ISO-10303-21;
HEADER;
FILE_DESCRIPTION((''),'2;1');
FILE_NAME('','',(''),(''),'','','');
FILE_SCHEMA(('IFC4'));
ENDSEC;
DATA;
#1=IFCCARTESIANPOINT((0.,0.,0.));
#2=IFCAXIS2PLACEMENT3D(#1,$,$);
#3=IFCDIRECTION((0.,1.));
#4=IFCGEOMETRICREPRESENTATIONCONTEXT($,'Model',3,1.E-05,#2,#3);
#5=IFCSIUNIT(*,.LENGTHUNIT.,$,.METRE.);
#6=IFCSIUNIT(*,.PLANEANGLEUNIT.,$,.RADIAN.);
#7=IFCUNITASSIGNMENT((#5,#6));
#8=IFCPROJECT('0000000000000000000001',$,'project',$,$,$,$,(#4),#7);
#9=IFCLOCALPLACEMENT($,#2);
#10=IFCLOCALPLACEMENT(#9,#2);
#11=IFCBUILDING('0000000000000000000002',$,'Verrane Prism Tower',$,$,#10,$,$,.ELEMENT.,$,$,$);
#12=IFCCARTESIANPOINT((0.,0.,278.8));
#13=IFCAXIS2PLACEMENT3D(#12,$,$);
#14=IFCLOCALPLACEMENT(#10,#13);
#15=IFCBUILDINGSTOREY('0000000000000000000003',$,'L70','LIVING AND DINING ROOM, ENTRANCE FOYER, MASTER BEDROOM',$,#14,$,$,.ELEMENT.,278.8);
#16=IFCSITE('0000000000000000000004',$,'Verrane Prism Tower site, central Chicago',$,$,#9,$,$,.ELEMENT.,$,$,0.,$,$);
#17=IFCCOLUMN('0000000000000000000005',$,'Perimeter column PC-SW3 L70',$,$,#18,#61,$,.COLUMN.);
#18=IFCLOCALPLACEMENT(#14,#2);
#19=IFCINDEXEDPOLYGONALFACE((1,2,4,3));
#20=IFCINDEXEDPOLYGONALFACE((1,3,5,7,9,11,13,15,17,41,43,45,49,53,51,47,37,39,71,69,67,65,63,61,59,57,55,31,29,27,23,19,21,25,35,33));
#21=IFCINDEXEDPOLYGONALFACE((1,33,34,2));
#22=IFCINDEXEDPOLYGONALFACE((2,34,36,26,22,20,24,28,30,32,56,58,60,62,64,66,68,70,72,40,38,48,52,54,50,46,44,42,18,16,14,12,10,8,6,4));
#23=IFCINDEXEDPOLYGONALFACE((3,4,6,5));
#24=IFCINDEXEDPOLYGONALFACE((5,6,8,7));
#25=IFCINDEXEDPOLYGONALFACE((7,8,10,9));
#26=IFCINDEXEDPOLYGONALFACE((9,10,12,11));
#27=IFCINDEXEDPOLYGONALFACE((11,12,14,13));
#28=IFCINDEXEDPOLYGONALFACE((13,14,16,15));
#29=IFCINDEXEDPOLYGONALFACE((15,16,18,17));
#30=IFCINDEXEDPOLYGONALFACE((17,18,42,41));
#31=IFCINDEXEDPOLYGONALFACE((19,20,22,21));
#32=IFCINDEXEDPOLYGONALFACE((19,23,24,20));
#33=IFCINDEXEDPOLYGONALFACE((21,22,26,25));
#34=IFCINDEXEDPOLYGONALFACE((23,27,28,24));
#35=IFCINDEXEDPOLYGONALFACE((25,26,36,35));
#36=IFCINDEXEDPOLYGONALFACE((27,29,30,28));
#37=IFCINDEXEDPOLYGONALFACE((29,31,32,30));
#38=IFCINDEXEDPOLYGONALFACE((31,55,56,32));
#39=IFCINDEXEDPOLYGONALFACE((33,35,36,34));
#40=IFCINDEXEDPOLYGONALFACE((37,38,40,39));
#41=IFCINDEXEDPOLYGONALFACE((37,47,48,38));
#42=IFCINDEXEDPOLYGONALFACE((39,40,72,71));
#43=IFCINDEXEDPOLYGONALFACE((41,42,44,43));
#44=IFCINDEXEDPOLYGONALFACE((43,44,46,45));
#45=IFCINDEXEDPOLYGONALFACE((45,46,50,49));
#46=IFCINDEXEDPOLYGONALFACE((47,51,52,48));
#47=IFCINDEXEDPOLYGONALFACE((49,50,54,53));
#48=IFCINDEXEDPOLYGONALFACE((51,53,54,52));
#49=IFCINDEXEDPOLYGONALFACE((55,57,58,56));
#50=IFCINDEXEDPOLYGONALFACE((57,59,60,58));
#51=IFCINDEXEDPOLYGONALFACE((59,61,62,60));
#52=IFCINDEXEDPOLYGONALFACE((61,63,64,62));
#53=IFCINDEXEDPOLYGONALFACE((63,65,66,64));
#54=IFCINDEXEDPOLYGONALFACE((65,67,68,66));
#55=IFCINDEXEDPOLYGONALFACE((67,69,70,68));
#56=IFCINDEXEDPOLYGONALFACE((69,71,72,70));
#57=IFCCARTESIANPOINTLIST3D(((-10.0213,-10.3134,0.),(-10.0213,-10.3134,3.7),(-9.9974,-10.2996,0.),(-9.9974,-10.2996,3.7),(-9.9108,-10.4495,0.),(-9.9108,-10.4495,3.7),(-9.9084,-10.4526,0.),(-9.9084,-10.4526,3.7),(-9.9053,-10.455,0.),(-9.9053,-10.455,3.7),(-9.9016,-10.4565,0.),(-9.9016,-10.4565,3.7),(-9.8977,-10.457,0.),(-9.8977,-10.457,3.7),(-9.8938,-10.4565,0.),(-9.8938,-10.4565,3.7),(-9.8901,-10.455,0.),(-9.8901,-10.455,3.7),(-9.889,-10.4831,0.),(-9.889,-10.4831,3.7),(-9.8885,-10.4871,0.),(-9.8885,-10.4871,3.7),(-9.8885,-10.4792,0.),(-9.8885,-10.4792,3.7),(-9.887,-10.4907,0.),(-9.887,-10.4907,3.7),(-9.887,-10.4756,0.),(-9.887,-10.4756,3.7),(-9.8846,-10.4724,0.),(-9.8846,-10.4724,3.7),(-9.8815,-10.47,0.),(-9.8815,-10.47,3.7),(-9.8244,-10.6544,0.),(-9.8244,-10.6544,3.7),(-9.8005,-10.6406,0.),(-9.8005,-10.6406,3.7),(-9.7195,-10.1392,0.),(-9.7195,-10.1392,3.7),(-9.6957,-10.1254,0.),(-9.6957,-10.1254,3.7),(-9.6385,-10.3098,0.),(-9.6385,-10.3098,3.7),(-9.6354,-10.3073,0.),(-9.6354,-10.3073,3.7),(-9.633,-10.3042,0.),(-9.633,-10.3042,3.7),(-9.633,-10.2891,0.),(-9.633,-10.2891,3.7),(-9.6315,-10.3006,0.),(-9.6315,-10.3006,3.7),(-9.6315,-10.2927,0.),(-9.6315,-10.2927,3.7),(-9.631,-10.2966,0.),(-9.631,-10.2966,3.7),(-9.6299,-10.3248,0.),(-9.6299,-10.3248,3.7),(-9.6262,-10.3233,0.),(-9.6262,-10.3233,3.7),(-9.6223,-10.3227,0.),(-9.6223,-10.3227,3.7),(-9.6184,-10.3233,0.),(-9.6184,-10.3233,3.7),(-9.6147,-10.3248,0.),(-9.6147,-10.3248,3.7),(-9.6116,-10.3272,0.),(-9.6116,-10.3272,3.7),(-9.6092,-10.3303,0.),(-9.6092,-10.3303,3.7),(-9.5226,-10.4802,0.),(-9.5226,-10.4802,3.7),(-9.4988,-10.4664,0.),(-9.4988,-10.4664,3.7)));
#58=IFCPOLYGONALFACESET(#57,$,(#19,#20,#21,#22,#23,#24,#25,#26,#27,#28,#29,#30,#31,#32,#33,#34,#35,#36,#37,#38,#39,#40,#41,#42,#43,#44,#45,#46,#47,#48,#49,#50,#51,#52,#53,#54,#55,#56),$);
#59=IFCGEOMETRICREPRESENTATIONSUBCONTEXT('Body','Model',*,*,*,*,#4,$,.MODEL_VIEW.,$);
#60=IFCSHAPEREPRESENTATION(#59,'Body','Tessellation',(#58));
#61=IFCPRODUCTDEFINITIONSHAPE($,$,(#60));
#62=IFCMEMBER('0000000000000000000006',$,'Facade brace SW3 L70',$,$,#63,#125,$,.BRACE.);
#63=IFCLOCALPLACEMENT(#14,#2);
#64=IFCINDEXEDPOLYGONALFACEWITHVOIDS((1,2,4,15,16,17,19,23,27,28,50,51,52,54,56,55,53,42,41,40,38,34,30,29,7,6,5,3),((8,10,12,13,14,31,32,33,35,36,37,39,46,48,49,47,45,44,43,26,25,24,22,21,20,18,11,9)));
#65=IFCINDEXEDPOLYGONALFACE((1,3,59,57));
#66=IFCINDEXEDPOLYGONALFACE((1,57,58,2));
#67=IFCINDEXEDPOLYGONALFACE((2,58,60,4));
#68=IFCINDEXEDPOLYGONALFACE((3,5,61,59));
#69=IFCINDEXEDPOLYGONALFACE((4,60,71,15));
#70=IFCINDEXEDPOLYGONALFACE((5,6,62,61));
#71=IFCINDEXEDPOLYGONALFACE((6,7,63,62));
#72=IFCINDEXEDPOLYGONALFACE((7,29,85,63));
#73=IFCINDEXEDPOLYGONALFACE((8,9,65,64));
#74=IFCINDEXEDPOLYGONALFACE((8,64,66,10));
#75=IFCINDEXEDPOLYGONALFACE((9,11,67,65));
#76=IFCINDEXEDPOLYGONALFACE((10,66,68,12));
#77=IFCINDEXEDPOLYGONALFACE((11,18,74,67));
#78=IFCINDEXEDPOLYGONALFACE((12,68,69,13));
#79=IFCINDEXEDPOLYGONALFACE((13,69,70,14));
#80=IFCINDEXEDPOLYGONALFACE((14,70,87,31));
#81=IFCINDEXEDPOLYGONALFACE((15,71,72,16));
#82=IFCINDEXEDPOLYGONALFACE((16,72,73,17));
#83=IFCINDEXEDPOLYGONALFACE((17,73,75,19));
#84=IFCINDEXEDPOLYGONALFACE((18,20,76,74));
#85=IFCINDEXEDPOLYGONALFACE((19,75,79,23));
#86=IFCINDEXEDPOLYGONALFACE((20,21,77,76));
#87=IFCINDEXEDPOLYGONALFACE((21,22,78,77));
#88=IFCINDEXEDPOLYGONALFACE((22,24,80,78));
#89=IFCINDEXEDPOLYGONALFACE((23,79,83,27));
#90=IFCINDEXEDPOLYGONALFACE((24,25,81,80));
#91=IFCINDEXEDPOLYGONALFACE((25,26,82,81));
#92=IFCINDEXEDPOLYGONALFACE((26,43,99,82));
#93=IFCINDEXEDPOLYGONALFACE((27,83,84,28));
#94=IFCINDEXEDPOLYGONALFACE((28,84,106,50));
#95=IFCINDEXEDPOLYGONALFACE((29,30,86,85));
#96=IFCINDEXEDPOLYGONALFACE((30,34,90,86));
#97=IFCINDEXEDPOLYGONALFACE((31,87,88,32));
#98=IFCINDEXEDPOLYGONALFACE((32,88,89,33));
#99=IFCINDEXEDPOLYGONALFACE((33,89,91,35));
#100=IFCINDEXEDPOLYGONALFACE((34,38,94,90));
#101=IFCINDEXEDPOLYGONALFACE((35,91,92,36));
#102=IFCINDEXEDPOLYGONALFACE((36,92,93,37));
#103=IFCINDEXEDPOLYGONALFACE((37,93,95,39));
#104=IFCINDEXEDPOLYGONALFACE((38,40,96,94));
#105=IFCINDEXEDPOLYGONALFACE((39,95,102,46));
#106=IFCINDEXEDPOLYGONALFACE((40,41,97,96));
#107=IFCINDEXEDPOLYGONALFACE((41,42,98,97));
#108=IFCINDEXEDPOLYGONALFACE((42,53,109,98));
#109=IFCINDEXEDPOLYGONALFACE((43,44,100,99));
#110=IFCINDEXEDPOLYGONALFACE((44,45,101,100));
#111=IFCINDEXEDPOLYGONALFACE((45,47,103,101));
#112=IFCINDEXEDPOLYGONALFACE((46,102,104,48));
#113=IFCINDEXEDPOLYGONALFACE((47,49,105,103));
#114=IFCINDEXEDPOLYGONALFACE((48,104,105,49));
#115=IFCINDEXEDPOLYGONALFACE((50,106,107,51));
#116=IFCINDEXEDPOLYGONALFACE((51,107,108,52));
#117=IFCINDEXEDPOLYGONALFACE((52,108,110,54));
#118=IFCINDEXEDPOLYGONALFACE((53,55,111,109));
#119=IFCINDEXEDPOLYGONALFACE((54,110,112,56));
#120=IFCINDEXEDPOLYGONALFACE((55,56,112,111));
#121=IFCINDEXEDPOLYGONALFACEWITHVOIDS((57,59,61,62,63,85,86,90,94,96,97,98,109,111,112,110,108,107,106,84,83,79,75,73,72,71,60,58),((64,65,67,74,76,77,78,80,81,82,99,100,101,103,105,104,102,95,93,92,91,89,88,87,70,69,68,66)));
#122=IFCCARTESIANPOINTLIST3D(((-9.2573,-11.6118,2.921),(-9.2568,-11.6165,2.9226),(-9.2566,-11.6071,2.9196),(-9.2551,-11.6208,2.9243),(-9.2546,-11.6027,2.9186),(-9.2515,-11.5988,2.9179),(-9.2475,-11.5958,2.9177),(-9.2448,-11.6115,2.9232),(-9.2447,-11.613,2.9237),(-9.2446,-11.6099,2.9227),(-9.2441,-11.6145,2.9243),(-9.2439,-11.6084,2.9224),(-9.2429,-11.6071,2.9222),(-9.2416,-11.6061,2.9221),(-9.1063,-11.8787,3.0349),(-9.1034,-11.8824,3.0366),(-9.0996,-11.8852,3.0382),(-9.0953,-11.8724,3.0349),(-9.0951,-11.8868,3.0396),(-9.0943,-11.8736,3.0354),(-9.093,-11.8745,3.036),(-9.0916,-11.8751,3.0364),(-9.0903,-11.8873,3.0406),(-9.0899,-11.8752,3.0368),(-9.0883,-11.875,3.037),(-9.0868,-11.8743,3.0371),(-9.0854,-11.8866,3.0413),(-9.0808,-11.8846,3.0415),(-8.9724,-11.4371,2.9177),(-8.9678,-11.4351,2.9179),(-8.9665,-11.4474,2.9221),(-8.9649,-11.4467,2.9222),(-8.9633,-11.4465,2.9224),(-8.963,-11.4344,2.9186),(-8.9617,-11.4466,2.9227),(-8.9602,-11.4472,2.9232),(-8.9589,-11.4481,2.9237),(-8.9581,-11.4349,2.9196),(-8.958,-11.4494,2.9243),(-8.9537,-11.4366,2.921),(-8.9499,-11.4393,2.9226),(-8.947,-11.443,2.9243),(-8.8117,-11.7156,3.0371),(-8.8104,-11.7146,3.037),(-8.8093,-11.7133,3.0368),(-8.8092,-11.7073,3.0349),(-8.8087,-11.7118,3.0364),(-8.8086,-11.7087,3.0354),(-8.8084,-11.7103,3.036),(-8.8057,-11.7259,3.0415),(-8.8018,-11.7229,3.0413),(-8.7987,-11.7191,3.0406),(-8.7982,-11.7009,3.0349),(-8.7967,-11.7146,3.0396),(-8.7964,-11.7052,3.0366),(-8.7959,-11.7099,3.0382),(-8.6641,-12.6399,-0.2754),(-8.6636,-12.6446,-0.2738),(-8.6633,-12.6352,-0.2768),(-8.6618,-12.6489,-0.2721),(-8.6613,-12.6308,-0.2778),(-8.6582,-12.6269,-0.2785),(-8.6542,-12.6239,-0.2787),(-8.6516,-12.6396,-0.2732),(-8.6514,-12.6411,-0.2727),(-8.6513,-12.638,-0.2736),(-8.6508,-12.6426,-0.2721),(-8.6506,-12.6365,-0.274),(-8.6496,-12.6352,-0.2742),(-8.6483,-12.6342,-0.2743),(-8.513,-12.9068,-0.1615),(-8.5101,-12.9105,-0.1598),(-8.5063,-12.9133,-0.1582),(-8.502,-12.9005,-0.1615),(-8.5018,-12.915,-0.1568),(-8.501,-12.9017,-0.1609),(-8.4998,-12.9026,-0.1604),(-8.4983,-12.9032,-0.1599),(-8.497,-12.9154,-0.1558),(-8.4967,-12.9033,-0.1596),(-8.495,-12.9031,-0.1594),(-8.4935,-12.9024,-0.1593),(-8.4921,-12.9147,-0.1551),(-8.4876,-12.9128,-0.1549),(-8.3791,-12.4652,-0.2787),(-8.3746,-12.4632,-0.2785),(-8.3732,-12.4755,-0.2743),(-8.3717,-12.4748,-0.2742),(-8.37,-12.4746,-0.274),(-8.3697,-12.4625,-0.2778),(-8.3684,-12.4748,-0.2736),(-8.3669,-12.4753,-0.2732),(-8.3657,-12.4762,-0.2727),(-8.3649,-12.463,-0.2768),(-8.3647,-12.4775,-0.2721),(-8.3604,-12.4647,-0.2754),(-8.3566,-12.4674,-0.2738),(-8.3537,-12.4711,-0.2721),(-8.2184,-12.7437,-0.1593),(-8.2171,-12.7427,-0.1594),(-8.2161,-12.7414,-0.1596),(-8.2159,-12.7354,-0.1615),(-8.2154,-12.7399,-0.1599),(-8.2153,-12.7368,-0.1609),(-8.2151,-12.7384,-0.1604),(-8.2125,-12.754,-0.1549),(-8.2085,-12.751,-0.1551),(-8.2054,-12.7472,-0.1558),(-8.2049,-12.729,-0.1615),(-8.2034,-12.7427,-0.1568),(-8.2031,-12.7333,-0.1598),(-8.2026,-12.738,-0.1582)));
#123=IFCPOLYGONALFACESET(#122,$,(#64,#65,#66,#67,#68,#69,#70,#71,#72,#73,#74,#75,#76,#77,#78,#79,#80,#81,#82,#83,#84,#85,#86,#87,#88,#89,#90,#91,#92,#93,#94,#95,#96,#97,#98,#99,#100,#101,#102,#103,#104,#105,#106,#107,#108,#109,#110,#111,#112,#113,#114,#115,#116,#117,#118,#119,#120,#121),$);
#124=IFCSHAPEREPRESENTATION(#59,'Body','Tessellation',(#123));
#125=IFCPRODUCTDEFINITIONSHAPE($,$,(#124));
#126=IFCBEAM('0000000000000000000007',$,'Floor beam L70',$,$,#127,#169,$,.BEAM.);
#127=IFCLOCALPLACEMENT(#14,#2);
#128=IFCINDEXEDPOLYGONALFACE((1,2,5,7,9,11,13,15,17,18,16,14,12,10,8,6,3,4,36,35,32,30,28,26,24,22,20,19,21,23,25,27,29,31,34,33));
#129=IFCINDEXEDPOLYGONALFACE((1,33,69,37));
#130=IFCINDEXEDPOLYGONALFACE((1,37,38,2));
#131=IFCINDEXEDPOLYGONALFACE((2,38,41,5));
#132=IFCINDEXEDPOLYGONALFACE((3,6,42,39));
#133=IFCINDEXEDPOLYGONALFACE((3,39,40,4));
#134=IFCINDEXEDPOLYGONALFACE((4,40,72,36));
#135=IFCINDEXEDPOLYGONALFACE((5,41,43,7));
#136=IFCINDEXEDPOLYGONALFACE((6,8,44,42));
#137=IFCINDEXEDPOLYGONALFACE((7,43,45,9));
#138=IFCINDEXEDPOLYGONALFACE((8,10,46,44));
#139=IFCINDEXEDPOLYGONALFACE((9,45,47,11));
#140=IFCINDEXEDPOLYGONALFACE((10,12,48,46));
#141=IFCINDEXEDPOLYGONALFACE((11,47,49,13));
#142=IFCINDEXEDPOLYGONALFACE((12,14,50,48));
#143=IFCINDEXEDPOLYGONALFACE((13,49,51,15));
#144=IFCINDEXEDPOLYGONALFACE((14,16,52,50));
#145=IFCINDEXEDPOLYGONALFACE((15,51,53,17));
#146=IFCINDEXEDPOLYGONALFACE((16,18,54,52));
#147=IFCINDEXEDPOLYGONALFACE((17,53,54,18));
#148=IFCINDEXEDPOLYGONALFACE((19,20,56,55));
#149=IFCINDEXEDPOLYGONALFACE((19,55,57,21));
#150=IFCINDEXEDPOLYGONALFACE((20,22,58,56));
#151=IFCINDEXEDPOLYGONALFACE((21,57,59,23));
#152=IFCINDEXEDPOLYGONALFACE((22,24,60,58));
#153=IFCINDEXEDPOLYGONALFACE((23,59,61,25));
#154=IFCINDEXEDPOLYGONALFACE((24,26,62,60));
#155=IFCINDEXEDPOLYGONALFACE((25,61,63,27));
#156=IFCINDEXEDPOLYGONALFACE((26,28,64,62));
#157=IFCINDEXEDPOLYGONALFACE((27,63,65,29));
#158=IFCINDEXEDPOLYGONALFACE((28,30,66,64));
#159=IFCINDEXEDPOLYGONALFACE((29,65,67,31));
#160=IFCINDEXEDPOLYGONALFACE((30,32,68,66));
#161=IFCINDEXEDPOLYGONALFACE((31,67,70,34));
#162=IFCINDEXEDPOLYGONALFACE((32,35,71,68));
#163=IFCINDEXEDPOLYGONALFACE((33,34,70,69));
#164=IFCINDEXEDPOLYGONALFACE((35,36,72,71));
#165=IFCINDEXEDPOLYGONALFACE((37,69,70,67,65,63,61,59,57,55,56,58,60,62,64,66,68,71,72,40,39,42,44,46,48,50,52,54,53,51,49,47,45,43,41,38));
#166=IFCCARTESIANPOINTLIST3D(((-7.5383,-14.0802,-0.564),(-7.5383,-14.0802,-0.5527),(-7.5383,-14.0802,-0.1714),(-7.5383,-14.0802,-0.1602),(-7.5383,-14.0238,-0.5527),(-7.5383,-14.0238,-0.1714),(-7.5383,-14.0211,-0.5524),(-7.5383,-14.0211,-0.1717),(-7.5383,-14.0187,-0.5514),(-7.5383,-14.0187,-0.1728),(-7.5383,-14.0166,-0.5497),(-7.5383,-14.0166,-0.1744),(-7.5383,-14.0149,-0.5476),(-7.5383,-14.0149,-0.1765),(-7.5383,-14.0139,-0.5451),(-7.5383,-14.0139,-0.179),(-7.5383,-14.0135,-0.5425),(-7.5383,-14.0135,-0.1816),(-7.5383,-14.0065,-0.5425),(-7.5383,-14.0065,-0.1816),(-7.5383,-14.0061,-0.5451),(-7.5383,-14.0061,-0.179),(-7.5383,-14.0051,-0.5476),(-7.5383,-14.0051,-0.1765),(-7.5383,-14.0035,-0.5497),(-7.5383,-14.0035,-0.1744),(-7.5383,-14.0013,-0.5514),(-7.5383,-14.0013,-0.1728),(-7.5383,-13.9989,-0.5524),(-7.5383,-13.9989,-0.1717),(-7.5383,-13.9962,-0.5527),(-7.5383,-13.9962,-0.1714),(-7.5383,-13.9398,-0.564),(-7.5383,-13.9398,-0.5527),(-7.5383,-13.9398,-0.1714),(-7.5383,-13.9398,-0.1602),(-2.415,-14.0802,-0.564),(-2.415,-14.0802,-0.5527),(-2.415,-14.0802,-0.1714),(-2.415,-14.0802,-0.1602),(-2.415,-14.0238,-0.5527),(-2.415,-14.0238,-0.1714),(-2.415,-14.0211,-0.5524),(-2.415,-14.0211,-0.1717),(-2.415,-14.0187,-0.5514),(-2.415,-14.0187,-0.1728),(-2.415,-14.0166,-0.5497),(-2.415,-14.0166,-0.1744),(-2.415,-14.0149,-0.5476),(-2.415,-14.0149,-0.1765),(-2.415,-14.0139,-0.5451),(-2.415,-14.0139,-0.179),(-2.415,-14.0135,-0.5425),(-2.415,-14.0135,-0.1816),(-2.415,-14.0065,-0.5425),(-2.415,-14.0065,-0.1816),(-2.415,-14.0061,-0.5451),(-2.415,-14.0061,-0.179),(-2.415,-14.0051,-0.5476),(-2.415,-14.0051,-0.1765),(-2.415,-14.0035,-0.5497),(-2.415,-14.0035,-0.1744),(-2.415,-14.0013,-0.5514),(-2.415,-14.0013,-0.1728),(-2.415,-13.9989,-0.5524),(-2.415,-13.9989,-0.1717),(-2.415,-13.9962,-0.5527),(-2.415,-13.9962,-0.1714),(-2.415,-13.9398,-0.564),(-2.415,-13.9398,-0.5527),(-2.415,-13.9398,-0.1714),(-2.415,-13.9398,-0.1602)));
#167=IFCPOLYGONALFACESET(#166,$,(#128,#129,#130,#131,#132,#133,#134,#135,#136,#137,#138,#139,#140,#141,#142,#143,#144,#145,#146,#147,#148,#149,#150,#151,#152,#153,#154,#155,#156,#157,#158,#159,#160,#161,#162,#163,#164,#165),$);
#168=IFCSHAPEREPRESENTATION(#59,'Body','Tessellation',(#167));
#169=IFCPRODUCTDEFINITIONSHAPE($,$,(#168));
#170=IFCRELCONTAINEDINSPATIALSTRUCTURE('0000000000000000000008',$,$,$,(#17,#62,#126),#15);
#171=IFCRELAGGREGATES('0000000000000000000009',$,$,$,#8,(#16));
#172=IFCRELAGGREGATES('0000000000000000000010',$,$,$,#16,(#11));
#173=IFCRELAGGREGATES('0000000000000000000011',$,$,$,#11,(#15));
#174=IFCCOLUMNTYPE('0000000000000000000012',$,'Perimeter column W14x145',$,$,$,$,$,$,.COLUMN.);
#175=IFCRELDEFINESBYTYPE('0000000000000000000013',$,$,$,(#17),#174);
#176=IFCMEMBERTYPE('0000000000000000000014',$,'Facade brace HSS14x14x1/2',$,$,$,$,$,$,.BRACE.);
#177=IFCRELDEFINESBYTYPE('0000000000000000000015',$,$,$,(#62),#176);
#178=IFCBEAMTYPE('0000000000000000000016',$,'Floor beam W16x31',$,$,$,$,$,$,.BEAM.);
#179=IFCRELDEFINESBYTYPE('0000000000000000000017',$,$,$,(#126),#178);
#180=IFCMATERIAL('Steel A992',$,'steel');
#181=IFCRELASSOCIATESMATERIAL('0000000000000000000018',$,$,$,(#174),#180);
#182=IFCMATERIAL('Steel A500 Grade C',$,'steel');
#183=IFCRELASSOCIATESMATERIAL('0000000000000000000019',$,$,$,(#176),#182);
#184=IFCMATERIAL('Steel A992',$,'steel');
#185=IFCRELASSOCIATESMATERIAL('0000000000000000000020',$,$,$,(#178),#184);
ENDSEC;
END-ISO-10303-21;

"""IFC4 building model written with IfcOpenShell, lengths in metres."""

from ifc_helpers import new_model, si_unit, direction, frame, origin, origin_2d, place, context, subcontext, project, spatial, hollow_rectangle, i_section, extrude, material, material_profile, profile_set, type_object, element, save


model = new_model("IFC4")

# Units and contexts
model_context = context("Model", 3, precision=1e-05, world=origin(), true_north=direction((0.0, 1.0)))
body_context = subcontext(model_context, "Body", "Model", "MODEL_VIEW")
ifc_project = project(units=[si_unit("LENGTHUNIT", "METRE"), si_unit("PLANEANGLEUNIT", "RADIAN")], contexts=[model_context])

# Site, building, storey
site_placement = place(None, origin())
site = spatial("IfcSite", under=ifc_project, at=site_placement, Name="Verrane Prism Tower site, central Chicago", CompositionType="ELEMENT", RefElevation=0.0)
building_placement = place(site_placement, origin())
building = spatial("IfcBuilding", under=site, at=building_placement, Name="Verrane Prism Tower", CompositionType="ELEMENT")
storey_placement = place(building_placement, frame((0.0, 0.0, 278.8)))
storey = spatial("IfcBuildingStorey", under=building, at=storey_placement, Name="L70", Description="LIVING AND DINING ROOM, ENTRANCE FOYER, MASTER BEDROOM", CompositionType="ELEMENT", Elevation=278.8)

# Column
ifc_material_1 = material(Name="Steel A992", Category="steel")
ifc_material_profile_1 = material_profile(ifc_material_1, i_section(OverallWidth=0.3938, OverallDepth=0.376, WebThickness=0.0173, FlangeThickness=0.0276, FilletRadius=0.0151, at=origin_2d()), Name="W14x145")
ifc_profile_set_1 = profile_set([ifc_material_profile_1], Name="Steel A992")
column_type = type_object("IfcColumnType", Name="Perimeter column W14x145", PredefinedType="COLUMN", material=ifc_profile_set_1)
column_placement = place(storey_placement, frame((-9.76, -10.3899, 0.0), z_axis=(0.0, 0.0, 1.0), x_axis=(-0.5, 0.866025, 0.0)))
element("IfcColumn", 1, at=column_placement, inside=storey, type_object=column_type, Name="Perimeter column PC-SW3 L70", PredefinedType="COLUMN", context=body_context, shape_type="SweptSolid", body=[
    extrude(i_section(OverallWidth=0.3938, OverallDepth=0.376, WebThickness=0.0173, FlangeThickness=0.0276, FilletRadius=0.0151, at=origin_2d()), origin(), (0.0, 0.0, 1.0), 3.7),
])

# Member
ifc_material_2 = material(Name="Steel A500 Grade C", Category="steel")
ifc_material_profile_2 = material_profile(ifc_material_2, hollow_rectangle(XDim=0.3557, YDim=0.3557, WallThickness=0.0127, InnerFilletRadius=0.0063, OuterFilletRadius=0.019, at=origin_2d()), Name="HSS14x14x1/2")
ifc_profile_set_2 = profile_set([ifc_material_profile_2], Name="Steel A500 Grade C")
member_type_1 = type_object("IfcMemberType", Name="Facade brace HSS14x14x1/2", PredefinedType="BRACE", material=ifc_profile_set_2)
member_1_placement = place(storey_placement, frame((-8.4333, -12.689, -0.2168), z_axis=(-0.173999, 0.301527, 0.937447), x_axis=(-0.866134, -0.499811, 0.0)))
element("IfcMember", 2, at=member_1_placement, inside=storey, type_object=member_type_1, Name="Facade brace SW3 L70", PredefinedType="BRACE", context=body_context, shape_type="SweptSolid", body=[
    extrude(hollow_rectangle(XDim=0.3557, YDim=0.3557, WallThickness=0.0127, InnerFilletRadius=0.0063, OuterFilletRadius=0.019, at=origin_2d()), origin(), (0.0, 0.0, 1.0), 3.4097),
])

# Beam
ifc_material_3 = material(Name="Steel A992", Category="steel")
ifc_material_profile_3 = material_profile(ifc_material_3, i_section(OverallWidth=0.1404, OverallDepth=0.4038, WebThickness=0.0071, FlangeThickness=0.0112, FilletRadius=0.0103, at=origin_2d()), Name="W16x31")
ifc_profile_set_3 = profile_set([ifc_material_profile_3], Name="Steel A992")
beam_type_1 = type_object("IfcBeamType", Name="Floor beam W16x31", PredefinedType="BEAM", material=ifc_profile_set_3)
beam_1_placement = place(storey_placement, frame((-7.5383, -14.01, -0.3621), z_axis=(1.0, 0.0, 0.0), x_axis=(0.0, 1.0, 0.0)))
element("IfcBeam", 3, at=beam_1_placement, inside=storey, type_object=beam_type_1, Name="Floor beam L70", PredefinedType="BEAM", context=body_context, shape_type="SweptSolid", body=[
    extrude(i_section(OverallWidth=0.1404, OverallDepth=0.4038, WebThickness=0.0071, FlangeThickness=0.0112, FilletRadius=0.0103, at=origin_2d()), origin(), (0.0, 0.0, 1.0), 5.1233),
])

save(model, "model.ifc")
